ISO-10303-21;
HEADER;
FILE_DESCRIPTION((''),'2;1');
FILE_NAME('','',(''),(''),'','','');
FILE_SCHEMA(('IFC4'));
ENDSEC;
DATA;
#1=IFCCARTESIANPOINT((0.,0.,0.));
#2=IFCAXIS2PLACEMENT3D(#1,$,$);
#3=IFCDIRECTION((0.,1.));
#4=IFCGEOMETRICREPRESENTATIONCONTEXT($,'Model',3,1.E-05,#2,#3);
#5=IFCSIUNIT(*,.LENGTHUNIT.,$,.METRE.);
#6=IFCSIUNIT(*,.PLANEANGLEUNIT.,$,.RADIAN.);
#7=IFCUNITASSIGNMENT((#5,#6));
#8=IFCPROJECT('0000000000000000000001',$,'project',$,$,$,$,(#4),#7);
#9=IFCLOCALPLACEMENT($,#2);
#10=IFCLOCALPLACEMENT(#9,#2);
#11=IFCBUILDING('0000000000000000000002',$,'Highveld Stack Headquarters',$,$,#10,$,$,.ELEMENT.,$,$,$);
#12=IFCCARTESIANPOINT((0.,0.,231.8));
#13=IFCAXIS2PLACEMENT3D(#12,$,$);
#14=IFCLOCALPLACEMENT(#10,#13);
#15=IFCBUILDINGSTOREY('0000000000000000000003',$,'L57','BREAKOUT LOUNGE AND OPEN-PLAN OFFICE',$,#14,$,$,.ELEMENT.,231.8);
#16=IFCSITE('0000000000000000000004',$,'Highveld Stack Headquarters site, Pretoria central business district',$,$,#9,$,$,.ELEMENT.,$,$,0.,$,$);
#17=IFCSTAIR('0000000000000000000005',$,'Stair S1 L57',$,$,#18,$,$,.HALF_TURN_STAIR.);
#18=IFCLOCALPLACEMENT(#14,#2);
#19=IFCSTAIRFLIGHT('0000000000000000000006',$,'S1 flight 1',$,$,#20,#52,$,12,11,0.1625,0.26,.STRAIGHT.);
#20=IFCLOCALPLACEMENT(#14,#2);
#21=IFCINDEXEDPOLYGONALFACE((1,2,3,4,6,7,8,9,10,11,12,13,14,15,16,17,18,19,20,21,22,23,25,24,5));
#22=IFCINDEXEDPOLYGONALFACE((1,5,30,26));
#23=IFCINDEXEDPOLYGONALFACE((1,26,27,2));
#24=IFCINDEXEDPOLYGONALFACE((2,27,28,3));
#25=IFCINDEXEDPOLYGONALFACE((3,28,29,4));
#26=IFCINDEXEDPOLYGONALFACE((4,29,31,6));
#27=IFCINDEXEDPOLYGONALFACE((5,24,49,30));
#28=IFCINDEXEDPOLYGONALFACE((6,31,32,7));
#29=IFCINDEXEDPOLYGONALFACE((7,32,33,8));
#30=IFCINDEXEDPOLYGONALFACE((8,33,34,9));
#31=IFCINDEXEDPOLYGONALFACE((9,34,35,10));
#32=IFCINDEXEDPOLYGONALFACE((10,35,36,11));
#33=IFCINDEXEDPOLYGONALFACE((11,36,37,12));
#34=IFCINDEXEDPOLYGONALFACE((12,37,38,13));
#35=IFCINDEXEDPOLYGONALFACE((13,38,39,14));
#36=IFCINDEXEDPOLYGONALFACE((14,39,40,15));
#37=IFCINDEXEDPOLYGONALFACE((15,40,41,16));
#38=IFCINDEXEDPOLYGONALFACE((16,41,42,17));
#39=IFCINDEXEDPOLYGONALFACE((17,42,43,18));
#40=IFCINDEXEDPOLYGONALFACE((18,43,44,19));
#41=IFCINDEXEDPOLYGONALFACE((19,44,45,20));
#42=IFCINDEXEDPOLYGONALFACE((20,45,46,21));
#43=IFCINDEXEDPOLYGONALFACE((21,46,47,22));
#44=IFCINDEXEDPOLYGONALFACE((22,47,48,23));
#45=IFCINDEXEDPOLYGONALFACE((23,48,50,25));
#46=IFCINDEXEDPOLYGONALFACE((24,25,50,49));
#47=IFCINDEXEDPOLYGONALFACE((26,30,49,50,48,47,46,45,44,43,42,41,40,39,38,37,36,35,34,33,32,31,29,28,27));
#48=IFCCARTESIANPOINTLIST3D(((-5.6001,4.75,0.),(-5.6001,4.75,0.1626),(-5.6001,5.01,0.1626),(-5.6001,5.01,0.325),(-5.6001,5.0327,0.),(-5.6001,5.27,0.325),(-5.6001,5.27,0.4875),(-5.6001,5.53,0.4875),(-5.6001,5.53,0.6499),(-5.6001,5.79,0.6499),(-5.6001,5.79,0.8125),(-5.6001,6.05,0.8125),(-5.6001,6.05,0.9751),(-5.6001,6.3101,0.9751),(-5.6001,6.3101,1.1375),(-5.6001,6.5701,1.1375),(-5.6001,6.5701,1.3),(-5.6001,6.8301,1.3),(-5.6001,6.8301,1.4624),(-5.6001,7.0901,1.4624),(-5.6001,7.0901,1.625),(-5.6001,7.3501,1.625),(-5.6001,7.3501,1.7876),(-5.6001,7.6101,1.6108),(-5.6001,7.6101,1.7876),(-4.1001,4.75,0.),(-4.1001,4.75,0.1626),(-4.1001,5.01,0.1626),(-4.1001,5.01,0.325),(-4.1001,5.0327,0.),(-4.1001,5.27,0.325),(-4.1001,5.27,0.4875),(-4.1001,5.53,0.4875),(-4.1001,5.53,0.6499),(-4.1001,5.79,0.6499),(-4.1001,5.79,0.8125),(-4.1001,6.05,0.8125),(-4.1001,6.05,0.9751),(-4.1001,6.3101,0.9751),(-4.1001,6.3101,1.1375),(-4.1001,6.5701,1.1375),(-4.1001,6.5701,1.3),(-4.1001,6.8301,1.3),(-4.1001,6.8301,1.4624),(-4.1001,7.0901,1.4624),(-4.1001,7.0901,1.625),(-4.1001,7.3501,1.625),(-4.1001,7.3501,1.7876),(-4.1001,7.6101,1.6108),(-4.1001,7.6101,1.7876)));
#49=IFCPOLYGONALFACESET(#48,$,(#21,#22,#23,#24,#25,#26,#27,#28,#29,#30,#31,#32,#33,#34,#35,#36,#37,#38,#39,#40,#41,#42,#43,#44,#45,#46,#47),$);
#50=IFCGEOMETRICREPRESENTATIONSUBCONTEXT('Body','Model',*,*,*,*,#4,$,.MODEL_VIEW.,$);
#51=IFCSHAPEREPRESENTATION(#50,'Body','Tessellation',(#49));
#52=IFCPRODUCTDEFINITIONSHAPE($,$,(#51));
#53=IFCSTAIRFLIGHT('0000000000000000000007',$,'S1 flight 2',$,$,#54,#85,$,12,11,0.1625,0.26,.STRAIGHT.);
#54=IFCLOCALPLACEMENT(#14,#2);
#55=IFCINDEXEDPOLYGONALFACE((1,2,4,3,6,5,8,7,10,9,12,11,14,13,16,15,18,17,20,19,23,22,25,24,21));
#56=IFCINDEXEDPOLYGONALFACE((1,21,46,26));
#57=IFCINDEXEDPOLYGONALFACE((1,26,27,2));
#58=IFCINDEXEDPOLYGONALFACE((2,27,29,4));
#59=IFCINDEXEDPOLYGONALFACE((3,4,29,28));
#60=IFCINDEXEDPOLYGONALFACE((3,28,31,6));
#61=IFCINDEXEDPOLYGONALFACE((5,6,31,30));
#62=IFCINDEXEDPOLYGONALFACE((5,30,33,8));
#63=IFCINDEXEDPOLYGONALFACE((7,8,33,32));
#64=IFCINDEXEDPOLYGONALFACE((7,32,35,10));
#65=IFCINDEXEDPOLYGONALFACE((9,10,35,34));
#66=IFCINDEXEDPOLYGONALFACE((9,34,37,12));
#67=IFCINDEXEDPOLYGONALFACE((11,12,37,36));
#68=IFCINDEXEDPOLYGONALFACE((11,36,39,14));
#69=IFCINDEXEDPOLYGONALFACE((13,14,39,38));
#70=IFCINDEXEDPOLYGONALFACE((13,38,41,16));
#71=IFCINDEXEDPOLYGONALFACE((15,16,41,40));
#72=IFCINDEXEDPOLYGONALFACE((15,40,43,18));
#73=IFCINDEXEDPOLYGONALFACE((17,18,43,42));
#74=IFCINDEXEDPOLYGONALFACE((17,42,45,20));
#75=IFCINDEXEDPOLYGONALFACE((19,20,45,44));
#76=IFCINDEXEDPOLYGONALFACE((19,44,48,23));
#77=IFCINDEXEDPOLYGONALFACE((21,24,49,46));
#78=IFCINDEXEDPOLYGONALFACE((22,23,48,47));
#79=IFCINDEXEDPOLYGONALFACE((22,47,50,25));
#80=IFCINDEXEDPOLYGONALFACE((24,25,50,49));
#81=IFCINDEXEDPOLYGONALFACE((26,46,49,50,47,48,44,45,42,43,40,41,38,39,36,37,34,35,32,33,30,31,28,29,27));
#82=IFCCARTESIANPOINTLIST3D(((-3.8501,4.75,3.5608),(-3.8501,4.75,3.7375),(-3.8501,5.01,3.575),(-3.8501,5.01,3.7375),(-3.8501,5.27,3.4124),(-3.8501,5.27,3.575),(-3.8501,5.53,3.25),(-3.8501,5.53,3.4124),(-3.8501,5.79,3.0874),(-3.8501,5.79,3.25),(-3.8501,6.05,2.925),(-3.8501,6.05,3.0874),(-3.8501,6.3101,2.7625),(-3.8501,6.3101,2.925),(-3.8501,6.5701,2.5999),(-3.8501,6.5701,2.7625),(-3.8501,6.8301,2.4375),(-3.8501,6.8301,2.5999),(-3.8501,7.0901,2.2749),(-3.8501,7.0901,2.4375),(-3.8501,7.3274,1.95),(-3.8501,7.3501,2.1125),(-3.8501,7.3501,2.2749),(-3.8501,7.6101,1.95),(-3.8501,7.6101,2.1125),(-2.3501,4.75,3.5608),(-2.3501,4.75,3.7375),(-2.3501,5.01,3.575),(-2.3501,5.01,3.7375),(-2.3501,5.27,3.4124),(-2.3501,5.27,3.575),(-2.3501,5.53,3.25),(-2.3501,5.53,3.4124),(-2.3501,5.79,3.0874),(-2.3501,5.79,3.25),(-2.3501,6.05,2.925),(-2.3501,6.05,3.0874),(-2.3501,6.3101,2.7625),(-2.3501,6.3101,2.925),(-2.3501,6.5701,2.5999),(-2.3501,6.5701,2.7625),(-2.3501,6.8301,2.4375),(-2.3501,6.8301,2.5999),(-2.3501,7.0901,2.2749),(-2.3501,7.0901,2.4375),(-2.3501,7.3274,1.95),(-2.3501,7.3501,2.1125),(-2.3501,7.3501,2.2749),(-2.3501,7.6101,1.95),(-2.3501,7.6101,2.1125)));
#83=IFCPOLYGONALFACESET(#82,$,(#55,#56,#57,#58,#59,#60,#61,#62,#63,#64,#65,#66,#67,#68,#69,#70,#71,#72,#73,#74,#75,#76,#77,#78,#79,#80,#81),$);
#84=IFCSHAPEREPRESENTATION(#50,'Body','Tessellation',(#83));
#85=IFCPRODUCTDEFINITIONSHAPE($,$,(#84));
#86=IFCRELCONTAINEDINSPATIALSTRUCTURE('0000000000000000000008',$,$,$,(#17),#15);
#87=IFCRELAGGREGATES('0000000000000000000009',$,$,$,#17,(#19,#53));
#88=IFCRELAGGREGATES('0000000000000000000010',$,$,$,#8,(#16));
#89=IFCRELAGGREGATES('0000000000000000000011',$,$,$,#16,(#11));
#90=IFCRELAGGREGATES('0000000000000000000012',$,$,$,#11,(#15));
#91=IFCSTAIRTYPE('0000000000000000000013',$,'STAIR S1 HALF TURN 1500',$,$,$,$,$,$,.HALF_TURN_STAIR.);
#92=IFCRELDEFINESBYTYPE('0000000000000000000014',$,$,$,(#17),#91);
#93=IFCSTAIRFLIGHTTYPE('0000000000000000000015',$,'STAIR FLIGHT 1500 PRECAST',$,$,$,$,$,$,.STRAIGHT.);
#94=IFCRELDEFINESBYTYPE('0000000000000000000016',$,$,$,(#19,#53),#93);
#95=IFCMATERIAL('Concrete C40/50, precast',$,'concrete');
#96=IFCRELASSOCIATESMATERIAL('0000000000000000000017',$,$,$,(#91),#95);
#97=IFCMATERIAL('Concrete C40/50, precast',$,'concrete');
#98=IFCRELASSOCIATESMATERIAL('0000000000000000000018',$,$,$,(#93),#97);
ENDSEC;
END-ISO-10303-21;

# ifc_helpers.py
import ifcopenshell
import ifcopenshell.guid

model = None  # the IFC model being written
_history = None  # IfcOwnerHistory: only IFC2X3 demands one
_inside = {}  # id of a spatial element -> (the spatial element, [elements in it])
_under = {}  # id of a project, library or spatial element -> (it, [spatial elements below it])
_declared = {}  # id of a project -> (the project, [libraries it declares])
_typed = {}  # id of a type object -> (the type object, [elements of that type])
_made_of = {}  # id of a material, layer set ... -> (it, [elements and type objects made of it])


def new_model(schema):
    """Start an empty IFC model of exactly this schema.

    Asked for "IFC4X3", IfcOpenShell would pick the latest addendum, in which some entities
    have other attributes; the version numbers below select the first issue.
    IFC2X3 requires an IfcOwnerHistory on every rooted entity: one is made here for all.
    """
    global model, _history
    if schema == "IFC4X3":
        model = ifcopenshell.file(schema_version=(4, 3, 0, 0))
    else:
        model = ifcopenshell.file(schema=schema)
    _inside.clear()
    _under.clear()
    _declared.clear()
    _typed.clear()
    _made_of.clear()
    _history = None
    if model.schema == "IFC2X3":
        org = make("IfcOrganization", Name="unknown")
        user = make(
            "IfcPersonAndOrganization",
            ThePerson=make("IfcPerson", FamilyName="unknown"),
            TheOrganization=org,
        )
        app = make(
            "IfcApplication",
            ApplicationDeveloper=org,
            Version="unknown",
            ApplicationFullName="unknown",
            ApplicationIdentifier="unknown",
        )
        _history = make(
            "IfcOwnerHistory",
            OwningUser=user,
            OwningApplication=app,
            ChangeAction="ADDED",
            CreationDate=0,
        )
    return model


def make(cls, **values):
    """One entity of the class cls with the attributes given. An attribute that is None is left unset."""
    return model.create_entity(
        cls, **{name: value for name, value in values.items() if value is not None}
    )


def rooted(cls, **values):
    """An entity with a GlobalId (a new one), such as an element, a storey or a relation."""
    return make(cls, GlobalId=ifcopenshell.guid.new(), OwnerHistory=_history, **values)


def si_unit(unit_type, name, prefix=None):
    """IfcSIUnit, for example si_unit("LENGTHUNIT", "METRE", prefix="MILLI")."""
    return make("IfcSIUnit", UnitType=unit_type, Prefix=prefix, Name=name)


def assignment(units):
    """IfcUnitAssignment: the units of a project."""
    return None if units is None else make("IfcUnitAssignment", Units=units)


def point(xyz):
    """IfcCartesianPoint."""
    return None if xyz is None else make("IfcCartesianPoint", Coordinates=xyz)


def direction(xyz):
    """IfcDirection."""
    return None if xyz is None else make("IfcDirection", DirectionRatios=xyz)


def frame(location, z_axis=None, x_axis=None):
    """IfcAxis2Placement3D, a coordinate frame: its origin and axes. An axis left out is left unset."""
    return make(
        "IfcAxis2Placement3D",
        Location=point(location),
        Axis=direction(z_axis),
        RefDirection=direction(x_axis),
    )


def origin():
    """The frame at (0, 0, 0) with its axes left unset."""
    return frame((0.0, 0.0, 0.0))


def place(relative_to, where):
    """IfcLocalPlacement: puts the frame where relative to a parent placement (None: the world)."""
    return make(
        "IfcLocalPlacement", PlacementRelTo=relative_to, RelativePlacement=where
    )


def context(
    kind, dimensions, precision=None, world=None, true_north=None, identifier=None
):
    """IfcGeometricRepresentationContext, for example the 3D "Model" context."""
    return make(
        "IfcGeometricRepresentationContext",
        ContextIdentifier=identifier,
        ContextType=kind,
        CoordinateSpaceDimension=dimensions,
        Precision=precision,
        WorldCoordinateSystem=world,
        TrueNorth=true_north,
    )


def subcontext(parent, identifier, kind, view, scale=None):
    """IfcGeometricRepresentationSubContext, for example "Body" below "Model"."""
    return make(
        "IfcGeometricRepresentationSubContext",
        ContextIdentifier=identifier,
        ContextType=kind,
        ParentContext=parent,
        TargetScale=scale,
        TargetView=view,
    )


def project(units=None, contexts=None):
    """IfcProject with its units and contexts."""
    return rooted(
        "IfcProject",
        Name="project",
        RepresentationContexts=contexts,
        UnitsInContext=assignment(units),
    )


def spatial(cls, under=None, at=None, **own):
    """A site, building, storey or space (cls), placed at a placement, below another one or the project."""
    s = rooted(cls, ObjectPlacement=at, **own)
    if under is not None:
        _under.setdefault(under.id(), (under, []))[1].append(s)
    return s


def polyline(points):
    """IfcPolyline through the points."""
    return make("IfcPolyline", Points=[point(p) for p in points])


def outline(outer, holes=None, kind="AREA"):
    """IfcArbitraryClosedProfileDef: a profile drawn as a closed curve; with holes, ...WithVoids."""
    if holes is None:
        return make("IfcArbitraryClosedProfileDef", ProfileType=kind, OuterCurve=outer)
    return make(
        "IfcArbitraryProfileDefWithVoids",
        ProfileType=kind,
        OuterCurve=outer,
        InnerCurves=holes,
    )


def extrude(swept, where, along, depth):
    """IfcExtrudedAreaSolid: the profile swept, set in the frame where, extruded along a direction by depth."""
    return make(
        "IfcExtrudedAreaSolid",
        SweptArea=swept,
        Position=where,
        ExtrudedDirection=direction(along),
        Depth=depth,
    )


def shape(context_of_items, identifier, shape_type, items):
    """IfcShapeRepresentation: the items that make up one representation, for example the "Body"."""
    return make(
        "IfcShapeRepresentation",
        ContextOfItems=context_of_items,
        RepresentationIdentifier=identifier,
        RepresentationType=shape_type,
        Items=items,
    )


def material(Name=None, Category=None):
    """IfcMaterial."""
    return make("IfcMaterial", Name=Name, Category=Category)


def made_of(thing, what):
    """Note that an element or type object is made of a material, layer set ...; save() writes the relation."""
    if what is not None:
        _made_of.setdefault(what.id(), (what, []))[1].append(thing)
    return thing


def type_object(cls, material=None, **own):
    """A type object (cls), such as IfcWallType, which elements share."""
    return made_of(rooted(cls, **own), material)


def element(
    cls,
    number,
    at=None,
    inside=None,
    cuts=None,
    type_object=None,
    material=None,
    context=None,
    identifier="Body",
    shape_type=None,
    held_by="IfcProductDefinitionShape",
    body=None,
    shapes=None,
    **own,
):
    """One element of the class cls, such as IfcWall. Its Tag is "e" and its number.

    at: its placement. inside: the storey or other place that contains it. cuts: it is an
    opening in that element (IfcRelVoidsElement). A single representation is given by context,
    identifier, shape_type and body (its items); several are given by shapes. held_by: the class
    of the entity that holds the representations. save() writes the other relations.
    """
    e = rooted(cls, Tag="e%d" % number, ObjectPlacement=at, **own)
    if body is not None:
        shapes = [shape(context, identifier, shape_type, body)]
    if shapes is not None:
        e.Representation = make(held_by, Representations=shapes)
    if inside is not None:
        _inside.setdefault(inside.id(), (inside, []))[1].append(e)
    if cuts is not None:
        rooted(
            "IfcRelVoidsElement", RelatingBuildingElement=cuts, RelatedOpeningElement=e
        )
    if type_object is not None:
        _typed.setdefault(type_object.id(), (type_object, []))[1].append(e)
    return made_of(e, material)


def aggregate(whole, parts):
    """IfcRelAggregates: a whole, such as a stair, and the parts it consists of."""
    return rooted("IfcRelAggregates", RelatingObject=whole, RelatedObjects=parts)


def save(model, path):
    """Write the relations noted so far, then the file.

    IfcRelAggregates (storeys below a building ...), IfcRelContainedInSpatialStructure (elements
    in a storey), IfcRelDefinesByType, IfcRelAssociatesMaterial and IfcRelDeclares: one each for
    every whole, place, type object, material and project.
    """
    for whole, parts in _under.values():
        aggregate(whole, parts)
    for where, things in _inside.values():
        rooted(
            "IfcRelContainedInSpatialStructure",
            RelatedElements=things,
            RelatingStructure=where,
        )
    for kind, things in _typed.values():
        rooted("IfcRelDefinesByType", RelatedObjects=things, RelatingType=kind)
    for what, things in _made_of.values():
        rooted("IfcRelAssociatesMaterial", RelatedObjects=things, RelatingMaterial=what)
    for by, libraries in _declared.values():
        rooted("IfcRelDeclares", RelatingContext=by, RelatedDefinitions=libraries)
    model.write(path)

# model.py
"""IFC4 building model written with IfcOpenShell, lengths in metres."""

from ifc_helpers import new_model, si_unit, direction, frame, origin, place, context, subcontext, project, spatial, polyline, outline, extrude, material, type_object, element, aggregate, save


model = new_model("IFC4")

# Units and contexts
model_context = context("Model", 3, precision=1e-05, world=origin(), true_north=direction((0.0, 1.0)))
body_context = subcontext(model_context, "Body", "Model", "MODEL_VIEW")
ifc_project = project(units=[si_unit("LENGTHUNIT", "METRE"), si_unit("PLANEANGLEUNIT", "RADIAN")], contexts=[model_context])

# Site, building, storey
site_placement = place(None, origin())
site = spatial("IfcSite", under=ifc_project, at=site_placement, Name="Highveld Stack Headquarters site, Pretoria central business district", CompositionType="ELEMENT", RefElevation=0.0)
building_placement = place(site_placement, origin())
building = spatial("IfcBuilding", under=site, at=building_placement, Name="Highveld Stack Headquarters", CompositionType="ELEMENT")
storey_placement = place(building_placement, frame((0.0, 0.0, 231.8)))
storey = spatial("IfcBuildingStorey", under=building, at=storey_placement, Name="L57", Description="BREAKOUT LOUNGE AND OPEN-PLAN OFFICE", CompositionType="ELEMENT", Elevation=231.8)

# Stair, stair flights
ifc_material_1 = material(Name="Concrete C40/50, precast", Category="concrete")
stair_type = type_object("IfcStairType", Name="STAIR S1 HALF TURN 1500", PredefinedType="HALF_TURN_STAIR", material=ifc_material_1)
stair_placement = place(storey_placement, origin())
stair = element("IfcStair", 1, at=stair_placement, inside=storey, type_object=stair_type, Name="Stair S1 L57", PredefinedType="HALF_TURN_STAIR")
ifc_material_2 = material(Name="Concrete C40/50, precast", Category="concrete")
stair_flight_type = type_object("IfcStairFlightType", Name="STAIR FLIGHT 1500 PRECAST", PredefinedType="STRAIGHT", material=ifc_material_2)
stair_flight_1_placement = place(storey_placement, frame((-4.8501, 4.75, 0.0), z_axis=(0.0, 0.0, 1.0), x_axis=(0.0, 1.0, 0.0)))
stair_flight_1 = element("IfcStairFlight", 2, at=stair_flight_1_placement, type_object=stair_flight_type, Name="S1 flight 1", NumberOfRisers=12, NumberOfTreads=11, PredefinedType="STRAIGHT", RiserHeight=0.1625, TreadLength=0.26, context=body_context, shape_type="SweptSolid", body=[
    extrude(outline(polyline([(0.0, 0.0), (0.0, 0.1626), (0.26, 0.1626), (0.26, 0.325), (0.52, 0.325), (0.52, 0.4875), (0.78, 0.4875), (0.78, 0.6499), (1.04, 0.6499), (1.04, 0.8125), (1.3, 0.8125), (1.3, 0.9751), (1.5601, 0.9751), (1.5601, 1.1375), (1.8201, 1.1375), (1.8201, 1.3), (2.0801, 1.3), (2.0801, 1.4624), (2.3401, 1.4624), (2.3401, 1.625), (2.6001, 1.625), (2.6001, 1.7876), (2.8601, 1.7876), (2.8601, 1.95), (2.8601, 1.6108), (0.2827, 0.0), (0.0, 0.0)])), frame((0.0, 0.75, 0.0), z_axis=(0.0, -1.0, 0.0), x_axis=(1.0, 0.0, 0.0)), (0.0, 0.0, 1.0), 1.5),
])
stair_flight_2_placement = place(storey_placement, frame((-3.1001, 7.6101, 1.95), z_axis=(0.0, 0.0, 1.0), x_axis=(0.0, -1.0, 0.0)))
stair_flight_2 = element("IfcStairFlight", 3, at=stair_flight_2_placement, type_object=stair_flight_type, Name="S1 flight 2", NumberOfRisers=12, NumberOfTreads=11, PredefinedType="STRAIGHT", RiserHeight=0.1625, TreadLength=0.26, context=body_context, shape_type="SweptSolid", body=[
    extrude(outline(polyline([(0.0, 0.0), (0.0, 0.1626), (0.26, 0.1626), (0.26, 0.325), (0.52, 0.325), (0.52, 0.4875), (0.78, 0.4875), (0.78, 0.6499), (1.04, 0.6499), (1.04, 0.8125), (1.3, 0.8125), (1.3, 0.9751), (1.5601, 0.9751), (1.5601, 1.1375), (1.8201, 1.1375), (1.8201, 1.3), (2.0801, 1.3), (2.0801, 1.4624), (2.3401, 1.4624), (2.3401, 1.625), (2.6001, 1.625), (2.6001, 1.7876), (2.8601, 1.7876), (2.8601, 1.95), (2.8601, 1.6108), (0.2827, 0.0), (0.0, 0.0)])), frame((0.0, 0.75, 0.0), z_axis=(0.0, -1.0, 0.0), x_axis=(1.0, 0.0, 0.0)), (0.0, 0.0, 1.0), 1.5),
])
aggregate(stair, [stair_flight_1, stair_flight_2])

save(model, "model.ifc")
